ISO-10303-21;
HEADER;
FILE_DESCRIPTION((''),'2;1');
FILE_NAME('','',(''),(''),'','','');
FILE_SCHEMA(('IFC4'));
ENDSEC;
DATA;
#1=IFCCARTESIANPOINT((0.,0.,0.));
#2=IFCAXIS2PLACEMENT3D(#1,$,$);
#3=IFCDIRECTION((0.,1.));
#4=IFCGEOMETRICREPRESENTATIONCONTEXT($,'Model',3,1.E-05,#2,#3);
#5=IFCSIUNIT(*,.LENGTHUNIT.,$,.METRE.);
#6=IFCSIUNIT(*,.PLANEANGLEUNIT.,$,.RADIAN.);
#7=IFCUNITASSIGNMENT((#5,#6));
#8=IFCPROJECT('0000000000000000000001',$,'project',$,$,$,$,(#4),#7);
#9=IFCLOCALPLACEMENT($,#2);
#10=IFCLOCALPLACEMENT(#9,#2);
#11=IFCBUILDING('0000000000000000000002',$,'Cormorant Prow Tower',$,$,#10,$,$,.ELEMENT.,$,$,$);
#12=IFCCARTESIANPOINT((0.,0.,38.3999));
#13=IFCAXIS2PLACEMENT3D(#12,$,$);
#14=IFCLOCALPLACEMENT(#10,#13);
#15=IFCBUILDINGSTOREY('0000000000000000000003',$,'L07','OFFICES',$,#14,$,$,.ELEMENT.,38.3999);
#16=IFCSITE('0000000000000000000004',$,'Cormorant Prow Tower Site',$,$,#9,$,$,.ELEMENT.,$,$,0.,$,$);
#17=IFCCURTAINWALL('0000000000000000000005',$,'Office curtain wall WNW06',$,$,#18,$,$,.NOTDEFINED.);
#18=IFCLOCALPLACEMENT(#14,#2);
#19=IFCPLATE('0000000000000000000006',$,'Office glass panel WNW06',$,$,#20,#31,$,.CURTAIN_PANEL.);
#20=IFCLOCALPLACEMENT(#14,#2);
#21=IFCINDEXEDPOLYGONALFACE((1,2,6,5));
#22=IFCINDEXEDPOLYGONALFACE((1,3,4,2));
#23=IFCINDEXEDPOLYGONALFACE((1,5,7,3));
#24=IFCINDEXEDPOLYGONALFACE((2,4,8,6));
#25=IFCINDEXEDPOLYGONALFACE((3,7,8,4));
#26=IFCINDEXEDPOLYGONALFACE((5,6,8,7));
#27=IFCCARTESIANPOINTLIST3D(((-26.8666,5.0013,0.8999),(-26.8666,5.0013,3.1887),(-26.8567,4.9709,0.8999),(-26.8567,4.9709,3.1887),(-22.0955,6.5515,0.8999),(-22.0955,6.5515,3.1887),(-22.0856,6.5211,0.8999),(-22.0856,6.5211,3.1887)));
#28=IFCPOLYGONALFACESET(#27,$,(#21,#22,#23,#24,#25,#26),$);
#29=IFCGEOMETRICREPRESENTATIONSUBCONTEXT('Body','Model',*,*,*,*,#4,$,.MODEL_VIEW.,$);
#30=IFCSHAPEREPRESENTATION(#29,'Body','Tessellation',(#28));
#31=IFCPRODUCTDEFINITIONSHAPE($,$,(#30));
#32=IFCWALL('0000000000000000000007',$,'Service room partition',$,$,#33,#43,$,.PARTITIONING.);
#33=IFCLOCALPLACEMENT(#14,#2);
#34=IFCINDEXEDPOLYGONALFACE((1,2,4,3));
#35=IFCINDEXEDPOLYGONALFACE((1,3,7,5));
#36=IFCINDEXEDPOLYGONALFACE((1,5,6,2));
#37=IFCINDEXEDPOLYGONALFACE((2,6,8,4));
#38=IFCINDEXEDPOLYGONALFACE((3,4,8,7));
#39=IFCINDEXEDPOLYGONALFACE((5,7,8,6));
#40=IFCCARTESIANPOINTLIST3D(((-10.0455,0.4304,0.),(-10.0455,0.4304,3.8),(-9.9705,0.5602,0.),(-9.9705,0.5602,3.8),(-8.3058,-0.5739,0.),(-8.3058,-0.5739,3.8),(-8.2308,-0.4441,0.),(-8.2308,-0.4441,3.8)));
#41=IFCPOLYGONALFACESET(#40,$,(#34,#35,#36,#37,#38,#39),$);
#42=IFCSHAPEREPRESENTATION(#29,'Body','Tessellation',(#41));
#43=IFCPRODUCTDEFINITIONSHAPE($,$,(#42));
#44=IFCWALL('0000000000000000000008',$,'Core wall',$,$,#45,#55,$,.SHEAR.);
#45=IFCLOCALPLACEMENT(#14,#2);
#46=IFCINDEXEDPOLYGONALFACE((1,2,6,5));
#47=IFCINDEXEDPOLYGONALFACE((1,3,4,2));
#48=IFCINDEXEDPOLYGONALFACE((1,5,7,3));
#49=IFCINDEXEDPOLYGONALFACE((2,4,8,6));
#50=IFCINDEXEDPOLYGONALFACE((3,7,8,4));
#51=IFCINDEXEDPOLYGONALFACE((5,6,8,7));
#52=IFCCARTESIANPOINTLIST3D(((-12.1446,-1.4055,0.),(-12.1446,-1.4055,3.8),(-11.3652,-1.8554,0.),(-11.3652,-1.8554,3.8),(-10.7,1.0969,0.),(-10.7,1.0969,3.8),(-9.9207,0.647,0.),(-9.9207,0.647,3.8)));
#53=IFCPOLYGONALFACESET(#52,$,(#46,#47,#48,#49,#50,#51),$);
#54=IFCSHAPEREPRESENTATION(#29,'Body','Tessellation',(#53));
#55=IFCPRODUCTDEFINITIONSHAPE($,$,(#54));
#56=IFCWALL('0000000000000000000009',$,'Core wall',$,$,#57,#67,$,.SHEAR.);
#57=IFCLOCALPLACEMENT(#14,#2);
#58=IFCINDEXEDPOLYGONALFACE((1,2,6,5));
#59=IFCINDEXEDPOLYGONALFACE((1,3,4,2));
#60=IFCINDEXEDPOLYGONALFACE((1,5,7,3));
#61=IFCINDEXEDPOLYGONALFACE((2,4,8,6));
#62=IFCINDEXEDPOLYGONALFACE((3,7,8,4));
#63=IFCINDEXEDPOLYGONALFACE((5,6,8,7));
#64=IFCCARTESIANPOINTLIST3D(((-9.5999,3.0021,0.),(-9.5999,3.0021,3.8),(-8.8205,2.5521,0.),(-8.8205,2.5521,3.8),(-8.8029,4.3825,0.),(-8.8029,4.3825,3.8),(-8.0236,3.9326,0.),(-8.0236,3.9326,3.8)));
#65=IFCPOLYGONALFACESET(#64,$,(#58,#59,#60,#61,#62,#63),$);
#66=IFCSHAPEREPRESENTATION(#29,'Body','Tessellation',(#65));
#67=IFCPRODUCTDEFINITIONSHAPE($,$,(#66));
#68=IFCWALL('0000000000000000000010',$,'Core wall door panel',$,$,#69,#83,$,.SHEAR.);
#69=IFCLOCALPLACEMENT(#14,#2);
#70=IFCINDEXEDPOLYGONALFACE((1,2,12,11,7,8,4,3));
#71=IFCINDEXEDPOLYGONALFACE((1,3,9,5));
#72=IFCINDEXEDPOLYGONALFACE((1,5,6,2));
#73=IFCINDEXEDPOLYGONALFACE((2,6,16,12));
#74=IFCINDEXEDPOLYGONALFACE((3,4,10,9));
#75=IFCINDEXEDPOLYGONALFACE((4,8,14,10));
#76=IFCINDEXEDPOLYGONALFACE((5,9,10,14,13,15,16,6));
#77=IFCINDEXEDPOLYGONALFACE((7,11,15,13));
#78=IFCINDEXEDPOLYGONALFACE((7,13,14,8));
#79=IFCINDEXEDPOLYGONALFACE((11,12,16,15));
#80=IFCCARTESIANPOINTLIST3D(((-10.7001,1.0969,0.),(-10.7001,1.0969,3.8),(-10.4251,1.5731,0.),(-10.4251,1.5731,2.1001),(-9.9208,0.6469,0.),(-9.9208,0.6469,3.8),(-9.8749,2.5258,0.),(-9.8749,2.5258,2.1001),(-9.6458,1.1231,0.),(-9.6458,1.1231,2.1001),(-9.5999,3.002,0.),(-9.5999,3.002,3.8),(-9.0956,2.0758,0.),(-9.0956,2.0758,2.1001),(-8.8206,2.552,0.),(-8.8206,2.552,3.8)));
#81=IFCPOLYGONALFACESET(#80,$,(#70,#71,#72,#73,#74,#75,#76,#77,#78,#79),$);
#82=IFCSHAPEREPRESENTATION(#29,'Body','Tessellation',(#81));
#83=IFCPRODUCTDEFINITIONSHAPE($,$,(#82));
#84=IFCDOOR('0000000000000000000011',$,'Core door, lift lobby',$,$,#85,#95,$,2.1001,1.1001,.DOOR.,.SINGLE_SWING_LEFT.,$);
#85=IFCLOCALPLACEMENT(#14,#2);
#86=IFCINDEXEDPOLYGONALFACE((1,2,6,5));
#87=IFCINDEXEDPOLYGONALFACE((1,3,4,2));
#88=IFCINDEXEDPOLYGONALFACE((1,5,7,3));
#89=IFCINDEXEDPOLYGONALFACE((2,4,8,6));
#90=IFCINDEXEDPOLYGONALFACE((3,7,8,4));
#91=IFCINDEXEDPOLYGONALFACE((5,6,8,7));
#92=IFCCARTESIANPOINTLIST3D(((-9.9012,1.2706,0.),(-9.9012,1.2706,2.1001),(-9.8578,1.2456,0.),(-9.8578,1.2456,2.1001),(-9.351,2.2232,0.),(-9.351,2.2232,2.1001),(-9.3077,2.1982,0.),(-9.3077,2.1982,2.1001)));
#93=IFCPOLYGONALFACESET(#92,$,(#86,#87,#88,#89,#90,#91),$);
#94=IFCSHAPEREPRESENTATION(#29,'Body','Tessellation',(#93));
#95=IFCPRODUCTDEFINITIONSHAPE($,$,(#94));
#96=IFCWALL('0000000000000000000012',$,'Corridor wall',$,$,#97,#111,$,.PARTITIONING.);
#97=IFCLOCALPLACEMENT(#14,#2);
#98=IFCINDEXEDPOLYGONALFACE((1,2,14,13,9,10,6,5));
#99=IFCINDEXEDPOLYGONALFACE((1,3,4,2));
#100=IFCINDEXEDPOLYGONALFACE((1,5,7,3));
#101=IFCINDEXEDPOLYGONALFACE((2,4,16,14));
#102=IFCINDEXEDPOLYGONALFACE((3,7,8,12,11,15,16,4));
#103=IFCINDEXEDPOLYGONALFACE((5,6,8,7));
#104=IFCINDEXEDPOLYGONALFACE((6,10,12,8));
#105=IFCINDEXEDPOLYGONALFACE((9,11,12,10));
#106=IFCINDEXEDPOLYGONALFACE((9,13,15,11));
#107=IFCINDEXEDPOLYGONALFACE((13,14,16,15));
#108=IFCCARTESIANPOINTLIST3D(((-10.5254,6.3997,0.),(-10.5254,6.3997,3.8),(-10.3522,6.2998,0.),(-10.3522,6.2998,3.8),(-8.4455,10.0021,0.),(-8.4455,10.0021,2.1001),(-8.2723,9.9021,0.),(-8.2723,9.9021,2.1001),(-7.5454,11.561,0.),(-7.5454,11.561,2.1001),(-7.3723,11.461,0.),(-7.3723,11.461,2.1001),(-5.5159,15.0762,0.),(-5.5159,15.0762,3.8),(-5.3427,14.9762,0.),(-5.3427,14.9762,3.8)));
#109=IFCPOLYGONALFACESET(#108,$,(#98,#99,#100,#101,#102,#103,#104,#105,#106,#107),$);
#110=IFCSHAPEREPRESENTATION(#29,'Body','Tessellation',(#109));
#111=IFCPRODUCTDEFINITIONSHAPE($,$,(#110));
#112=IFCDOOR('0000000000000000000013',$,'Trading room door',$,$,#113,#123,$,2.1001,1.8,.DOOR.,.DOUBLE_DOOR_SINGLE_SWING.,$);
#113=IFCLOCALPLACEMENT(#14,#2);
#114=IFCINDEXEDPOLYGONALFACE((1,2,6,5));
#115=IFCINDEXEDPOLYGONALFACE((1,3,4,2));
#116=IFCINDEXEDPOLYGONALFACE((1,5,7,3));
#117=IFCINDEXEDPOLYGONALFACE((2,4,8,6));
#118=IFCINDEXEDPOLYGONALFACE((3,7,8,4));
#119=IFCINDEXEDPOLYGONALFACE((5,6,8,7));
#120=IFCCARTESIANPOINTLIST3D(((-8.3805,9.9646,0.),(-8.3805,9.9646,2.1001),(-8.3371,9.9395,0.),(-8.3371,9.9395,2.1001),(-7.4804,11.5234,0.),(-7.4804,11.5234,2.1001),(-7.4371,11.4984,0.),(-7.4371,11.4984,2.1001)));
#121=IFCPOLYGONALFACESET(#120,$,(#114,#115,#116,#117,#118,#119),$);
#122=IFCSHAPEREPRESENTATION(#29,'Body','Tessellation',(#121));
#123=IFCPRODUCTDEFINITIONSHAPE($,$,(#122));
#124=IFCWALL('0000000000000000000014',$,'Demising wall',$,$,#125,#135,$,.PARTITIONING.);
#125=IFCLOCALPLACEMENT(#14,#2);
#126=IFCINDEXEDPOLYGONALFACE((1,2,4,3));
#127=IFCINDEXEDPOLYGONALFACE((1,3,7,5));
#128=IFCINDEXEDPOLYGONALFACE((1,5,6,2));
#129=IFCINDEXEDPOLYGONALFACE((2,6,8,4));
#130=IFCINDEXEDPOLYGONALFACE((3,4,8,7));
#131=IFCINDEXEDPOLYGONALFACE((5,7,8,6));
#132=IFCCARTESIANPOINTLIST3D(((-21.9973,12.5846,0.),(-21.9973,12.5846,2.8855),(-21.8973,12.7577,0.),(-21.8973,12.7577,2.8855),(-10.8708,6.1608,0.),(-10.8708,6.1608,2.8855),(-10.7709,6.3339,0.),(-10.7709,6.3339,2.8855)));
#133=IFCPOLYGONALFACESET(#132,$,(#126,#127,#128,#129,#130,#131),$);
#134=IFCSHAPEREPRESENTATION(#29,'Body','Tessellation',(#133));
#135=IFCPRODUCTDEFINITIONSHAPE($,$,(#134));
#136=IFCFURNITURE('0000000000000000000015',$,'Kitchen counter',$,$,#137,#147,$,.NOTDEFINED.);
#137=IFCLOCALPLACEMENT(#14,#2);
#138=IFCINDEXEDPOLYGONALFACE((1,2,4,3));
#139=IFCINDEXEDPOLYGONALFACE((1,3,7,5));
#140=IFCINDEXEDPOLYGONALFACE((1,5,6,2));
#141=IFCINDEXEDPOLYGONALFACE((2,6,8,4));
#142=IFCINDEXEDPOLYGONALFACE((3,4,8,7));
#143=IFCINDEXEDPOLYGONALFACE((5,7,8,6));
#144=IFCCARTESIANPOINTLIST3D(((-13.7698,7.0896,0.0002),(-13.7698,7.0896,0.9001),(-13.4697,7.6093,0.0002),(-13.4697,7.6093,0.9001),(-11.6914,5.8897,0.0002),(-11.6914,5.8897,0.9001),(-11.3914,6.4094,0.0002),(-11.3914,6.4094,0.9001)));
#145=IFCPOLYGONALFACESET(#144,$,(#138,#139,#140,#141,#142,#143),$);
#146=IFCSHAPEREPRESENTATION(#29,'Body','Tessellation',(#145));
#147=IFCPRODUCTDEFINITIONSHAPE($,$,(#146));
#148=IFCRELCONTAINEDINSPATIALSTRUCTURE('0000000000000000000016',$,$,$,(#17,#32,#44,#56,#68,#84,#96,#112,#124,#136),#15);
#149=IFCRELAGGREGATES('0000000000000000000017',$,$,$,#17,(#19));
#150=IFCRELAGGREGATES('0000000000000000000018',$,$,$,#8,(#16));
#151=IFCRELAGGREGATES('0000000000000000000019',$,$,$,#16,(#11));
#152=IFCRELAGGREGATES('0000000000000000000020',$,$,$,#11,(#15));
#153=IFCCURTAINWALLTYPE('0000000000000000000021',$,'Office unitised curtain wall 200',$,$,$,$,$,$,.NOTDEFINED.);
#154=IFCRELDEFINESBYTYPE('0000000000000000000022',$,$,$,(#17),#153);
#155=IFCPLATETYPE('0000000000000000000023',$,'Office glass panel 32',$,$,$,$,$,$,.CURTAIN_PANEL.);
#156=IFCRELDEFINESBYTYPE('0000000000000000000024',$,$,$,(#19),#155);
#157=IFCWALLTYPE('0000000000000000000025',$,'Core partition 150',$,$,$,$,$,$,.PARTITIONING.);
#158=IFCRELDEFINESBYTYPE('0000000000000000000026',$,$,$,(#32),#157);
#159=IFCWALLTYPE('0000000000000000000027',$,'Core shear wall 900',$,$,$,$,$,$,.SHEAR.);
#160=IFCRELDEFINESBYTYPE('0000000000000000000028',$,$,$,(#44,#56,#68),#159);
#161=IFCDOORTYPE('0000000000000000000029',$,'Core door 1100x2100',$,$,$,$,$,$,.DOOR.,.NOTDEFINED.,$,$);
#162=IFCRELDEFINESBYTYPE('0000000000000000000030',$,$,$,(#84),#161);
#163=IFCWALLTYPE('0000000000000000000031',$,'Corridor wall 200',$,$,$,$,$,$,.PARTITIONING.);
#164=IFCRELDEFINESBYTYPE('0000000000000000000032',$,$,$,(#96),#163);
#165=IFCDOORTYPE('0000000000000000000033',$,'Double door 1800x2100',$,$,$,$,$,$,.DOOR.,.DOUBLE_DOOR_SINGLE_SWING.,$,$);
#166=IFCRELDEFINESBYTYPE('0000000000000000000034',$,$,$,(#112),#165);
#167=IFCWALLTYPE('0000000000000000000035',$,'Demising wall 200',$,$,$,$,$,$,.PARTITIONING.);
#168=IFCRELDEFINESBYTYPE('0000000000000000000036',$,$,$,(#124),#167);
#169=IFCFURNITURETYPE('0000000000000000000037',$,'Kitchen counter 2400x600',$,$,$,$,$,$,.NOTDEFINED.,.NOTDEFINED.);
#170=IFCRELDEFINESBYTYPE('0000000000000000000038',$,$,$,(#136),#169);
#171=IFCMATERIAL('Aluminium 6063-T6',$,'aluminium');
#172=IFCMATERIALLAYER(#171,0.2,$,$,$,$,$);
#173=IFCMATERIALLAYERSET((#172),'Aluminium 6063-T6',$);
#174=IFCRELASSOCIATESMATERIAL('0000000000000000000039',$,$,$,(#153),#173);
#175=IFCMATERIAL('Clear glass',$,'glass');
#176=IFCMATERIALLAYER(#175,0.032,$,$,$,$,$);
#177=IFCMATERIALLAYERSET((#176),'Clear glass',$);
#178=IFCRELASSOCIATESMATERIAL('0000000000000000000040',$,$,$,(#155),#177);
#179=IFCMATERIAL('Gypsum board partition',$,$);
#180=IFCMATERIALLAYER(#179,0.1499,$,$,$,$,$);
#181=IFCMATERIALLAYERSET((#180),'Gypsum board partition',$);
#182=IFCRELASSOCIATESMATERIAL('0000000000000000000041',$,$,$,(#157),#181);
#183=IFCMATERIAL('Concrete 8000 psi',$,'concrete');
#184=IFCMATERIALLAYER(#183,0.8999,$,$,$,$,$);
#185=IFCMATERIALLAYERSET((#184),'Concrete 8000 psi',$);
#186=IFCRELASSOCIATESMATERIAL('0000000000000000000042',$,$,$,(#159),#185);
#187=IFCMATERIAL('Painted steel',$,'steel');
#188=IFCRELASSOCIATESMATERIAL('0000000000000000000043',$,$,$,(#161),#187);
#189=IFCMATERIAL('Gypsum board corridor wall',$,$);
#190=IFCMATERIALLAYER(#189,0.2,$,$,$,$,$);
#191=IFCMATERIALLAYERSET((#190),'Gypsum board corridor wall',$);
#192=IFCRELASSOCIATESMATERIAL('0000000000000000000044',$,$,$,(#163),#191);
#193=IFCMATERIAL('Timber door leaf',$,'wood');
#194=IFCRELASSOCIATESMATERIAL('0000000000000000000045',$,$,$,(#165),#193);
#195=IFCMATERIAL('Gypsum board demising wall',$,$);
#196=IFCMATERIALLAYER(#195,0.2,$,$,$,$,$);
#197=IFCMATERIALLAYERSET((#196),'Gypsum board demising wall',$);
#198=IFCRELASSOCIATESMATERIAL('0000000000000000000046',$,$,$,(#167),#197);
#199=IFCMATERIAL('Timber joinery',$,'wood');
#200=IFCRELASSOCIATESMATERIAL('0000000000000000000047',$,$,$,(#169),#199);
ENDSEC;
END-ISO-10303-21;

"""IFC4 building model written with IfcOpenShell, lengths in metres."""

from ifc_helpers import new_model, si_unit, direction, frame, frame_2d, origin, origin_2d, place, context, subcontext, project, spatial, rectangle, extrude, material, layer, layer_set, type_object, element, fill, aggregate, save


model = new_model("IFC4")

# Units and contexts
model_context = context("Model", 3, precision=1e-05, world=origin(), true_north=direction((0.0, 1.0)))
body_context = subcontext(model_context, "Body", "Model", "MODEL_VIEW")
ifc_project = project(units=[si_unit("LENGTHUNIT", "METRE"), si_unit("PLANEANGLEUNIT", "RADIAN")], contexts=[model_context])

# Site, building, storey
site_placement = place(None, origin())
site = spatial("IfcSite", under=ifc_project, at=site_placement, Name="Cormorant Prow Tower Site", CompositionType="ELEMENT", RefElevation=0.0)
building_placement = place(site_placement, origin())
building = spatial("IfcBuilding", under=site, at=building_placement, Name="Cormorant Prow Tower", CompositionType="ELEMENT")
storey_placement = place(building_placement, frame((0.0, 0.0, 38.3999)))
storey = spatial("IfcBuildingStorey", under=building, at=storey_placement, Name="L07", Description="OFFICES", CompositionType="ELEMENT", Elevation=38.3999)

# Curtain wall
ifc_material_1 = material(Name="Aluminium 6063-T6", Category="aluminium")
ifc_layer_1 = layer(ifc_material_1, 0.2)
ifc_layer_set_1 = layer_set([ifc_layer_1], Name="Aluminium 6063-T6")
curtain_wall_type = type_object("IfcCurtainWallType", Name="Office unitised curtain wall 200", PredefinedType="NOTDEFINED", material=ifc_layer_set_1)
curtain_wall_placement = place(storey_placement, origin())
curtain_wall = element("IfcCurtainWall", 1, at=curtain_wall_placement, inside=storey, type_object=curtain_wall_type, Name="Office curtain wall WNW06", PredefinedType="NOTDEFINED")

# Plate
ifc_material_2 = material(Name="Clear glass", Category="glass")
ifc_layer_2 = layer(ifc_material_2, 0.032)
ifc_layer_set_2 = layer_set([ifc_layer_2], Name="Clear glass")
plate_type = type_object("IfcPlateType", Name="Office glass panel 32", PredefinedType="CURTAIN_PANEL", material=ifc_layer_set_2)
plate_placement = place(storey_placement, frame((-24.4761, 5.7612, 0.8999), z_axis=(0.0, 0.0, 1.0), x_axis=(-0.951057, -0.309017, 0.0)))
plate = element("IfcPlate", 2, at=plate_placement, type_object=plate_type, Name="Office glass panel WNW06", PredefinedType="CURTAIN_PANEL", context=body_context, shape_type="SweptSolid", body=[
    extrude(rectangle(XDim=5.0166, YDim=0.032, at=origin_2d()), origin(), (0.0, 0.0, 1.0), 2.2888),
])
aggregate(curtain_wall, [plate])

# Walls
ifc_material_3 = material(Name="Gypsum board partition")
ifc_layer_3 = layer(ifc_material_3, 0.1499)
ifc_layer_set_3 = layer_set([ifc_layer_3], Name="Gypsum board partition")
wall_type_1 = type_object("IfcWallType", Name="Core partition 150", PredefinedType="PARTITIONING", material=ifc_layer_set_3)
wall_1_placement = place(storey_placement, frame((-8.2683, -0.509, 0.0), z_axis=(0.0, 0.0, 1.0), x_axis=(-0.866036, 0.499982, 0.0)))
element("IfcWall", 3, at=wall_1_placement, inside=storey, type_object=wall_type_1, Name="Service room partition", PredefinedType="PARTITIONING", context=body_context, shape_type="SweptSolid", body=[
    extrude(rectangle(XDim=2.0088, YDim=0.1499, at=frame_2d((1.0044, 0.0))), origin(), (0.0, 0.0, 1.0), 3.8),
])
ifc_material_4 = material(Name="Concrete 8000 psi", Category="concrete")
ifc_layer_4 = layer(ifc_material_4, 0.8999)
ifc_layer_set_4 = layer_set([ifc_layer_4], Name="Concrete 8000 psi")
wall_type_2 = type_object("IfcWallType", Name="Core shear wall 900", PredefinedType="SHEAR", material=ifc_layer_set_4)
wall_2_placement = place(storey_placement, frame((-10.3103, 0.8721, 0.0), z_axis=(0.0, 0.0, 1.0), x_axis=(-0.499947, -0.866056, 0.0)))
element("IfcWall", 4, at=wall_2_placement, inside=storey, type_object=wall_type_2, Name="Core wall", PredefinedType="SHEAR", context=body_context, shape_type="SweptSolid", body=[
    extrude(rectangle(XDim=2.8894, YDim=0.8999, at=frame_2d((1.4448, 0.0))), origin(), (0.0, 0.0, 1.0), 3.8),
])
wall_3_placement = place(storey_placement, frame((-8.4133, 4.1575, 0.0), z_axis=(0.0, 0.0, 1.0), x_axis=(-0.499961, -0.866048, 0.0)))
element("IfcWall", 5, at=wall_3_placement, inside=storey, type_object=wall_type_2, Name="Core wall", PredefinedType="SHEAR", context=body_context, shape_type="SweptSolid", body=[
    extrude(rectangle(XDim=1.594, YDim=0.8999, at=frame_2d((0.7969, 0.0))), origin(), (0.0, 0.0, 1.0), 3.8),
])

# Walls, openings, doors
wall_4_placement = place(storey_placement, frame((-9.2102, 2.7771, 0.0), z_axis=(0.0, 0.0, 1.0), x_axis=(-0.500078, -0.86598, 0.0)))
wall_4 = element("IfcWall", 6, at=wall_4_placement, inside=storey, type_object=wall_type_2, Name="Core wall door panel", PredefinedType="SHEAR", context=body_context, shape_type="SweptSolid", body=[
    extrude(rectangle(XDim=2.2, YDim=0.8999, at=frame_2d((1.1001, 0.0))), origin(), (0.0, 0.0, 1.0), 3.8),
])
opening_1_placement = place(wall_4_placement, frame((0.55, 0.0, 0.0)))
opening_1 = element("IfcOpeningElement", 7, at=opening_1_placement, cuts=wall_4, PredefinedType="OPENING", context=body_context, shape_type="SweptSolid", body=[
    extrude(rectangle(XDim=1.1001, YDim=2.1001, at=frame_2d((0.55, 1.05))), frame((0.0, 0.46, 0.0), z_axis=(0.0, -1.0, 0.0), x_axis=(1.0, 0.0, 0.0)), (0.0, 0.0, 1.0), 0.9199),
])
ifc_material_5 = material(Name="Painted steel", Category="steel")
door_type_1 = type_object("IfcDoorType", Name="Core door 1100x2100", OperationType="NOTDEFINED", PredefinedType="DOOR", material=ifc_material_5)
door_1_placement = place(opening_1_placement, origin())
door_1 = element("IfcDoor", 8, at=door_1_placement, inside=storey, type_object=door_type_1, Name="Core door, lift lobby", OperationType="SINGLE_SWING_LEFT", OverallHeight=2.1001, OverallWidth=1.1001, PredefinedType="DOOR", context=body_context, shape_type="SweptSolid", body=[
    extrude(rectangle(XDim=1.1001, YDim=2.1001, at=frame_2d((0.55, 1.05))), frame((0.0, 0.2051, 0.0), z_axis=(0.0, -1.0, 0.0), x_axis=(1.0, 0.0, 0.0)), (0.0, 0.0, 1.0), 0.05),
])
fill(opening_1, door_1)
ifc_material_6 = material(Name="Gypsum board corridor wall")
ifc_layer_5 = layer(ifc_material_6, 0.2)
ifc_layer_set_5 = layer_set([ifc_layer_5], Name="Gypsum board corridor wall")
wall_type_3 = type_object("IfcWallType", Name="Corridor wall 200", PredefinedType="PARTITIONING", material=ifc_layer_set_5)
wall_5_placement = place(storey_placement, frame((-10.4387, 6.3499, 0.0), z_axis=(0.0, 0.0, 1.0), x_axis=(0.50001, 0.86602, 0.0)))
wall_5 = element("IfcWall", 9, at=wall_5_placement, inside=storey, type_object=wall_type_3, Name="Corridor wall", PredefinedType="PARTITIONING", context=body_context, shape_type="SweptSolid", body=[
    extrude(rectangle(XDim=10.0188, YDim=0.2, at=frame_2d((5.0093, 0.0))), origin(), (0.0, 0.0, 1.0), 3.8),
])
opening_2_placement = place(wall_5_placement, frame((4.1597, 0.0, 0.0)))
opening_2 = element("IfcOpeningElement", 10, at=opening_2_placement, cuts=wall_5, PredefinedType="OPENING", context=body_context, shape_type="SweptSolid", body=[
    extrude(rectangle(XDim=1.8, YDim=2.1001, at=frame_2d((0.8999, 1.05))), frame((0.0, 0.1099, 0.0), z_axis=(0.0, -1.0, 0.0), x_axis=(1.0, 0.0, 0.0)), (0.0, 0.0, 1.0), 0.22),
])
ifc_material_7 = material(Name="Timber door leaf", Category="wood")
door_type_2 = type_object("IfcDoorType", Name="Double door 1800x2100", OperationType="DOUBLE_DOOR_SINGLE_SWING", PredefinedType="DOOR", material=ifc_material_7)
door_2_placement = place(opening_2_placement, origin())
door_2 = element("IfcDoor", 11, at=door_2_placement, inside=storey, type_object=door_type_2, Name="Trading room door", OperationType="DOUBLE_DOOR_SINGLE_SWING", OverallHeight=2.1001, OverallWidth=1.8, PredefinedType="DOOR", context=body_context, shape_type="SweptSolid", body=[
    extrude(rectangle(XDim=1.8, YDim=2.1001, at=frame_2d((0.8999, 1.05))), frame((0.0, 0.0249, 0.0), z_axis=(0.0, -1.0, 0.0), x_axis=(1.0, 0.0, 0.0)), (0.0, 0.0, 1.0), 0.05),
])
fill(opening_2, door_2)

# Wall
ifc_material_8 = material(Name="Gypsum board demising wall")
ifc_layer_6 = layer(ifc_material_8, 0.2)
ifc_layer_set_6 = layer_set([ifc_layer_6], Name="Gypsum board demising wall")
wall_type_4 = type_object("IfcWallType", Name="Demising wall 200", PredefinedType="PARTITIONING", material=ifc_layer_set_6)
wall_6_placement = place(storey_placement, frame((-21.9473, 12.6711, 0.0), z_axis=(0.0, 0.0, 1.0), x_axis=(0.866027, -0.499998, 0.0)))
element("IfcWall", 12, at=wall_6_placement, inside=storey, type_object=wall_type_4, Name="Demising wall", PredefinedType="PARTITIONING", context=body_context, shape_type="SweptSolid", body=[
    extrude(rectangle(XDim=12.8477, YDim=0.2, at=frame_2d((6.4238, 0.0))), origin(), (0.0, 0.0, 1.0), 2.8855),
])

# Furniture
ifc_material_9 = material(Name="Timber joinery", Category="wood")
furniture_type = type_object("IfcFurnitureType", Name="Kitchen counter 2400x600", AssemblyPlace="NOTDEFINED", PredefinedType="NOTDEFINED", material=ifc_material_9)
furniture_placement = place(storey_placement, frame((-12.5806, 6.7495, 0.0002), z_axis=(0.0, 0.0, 1.0), x_axis=(0.866025, -0.5, 0.0)))
element("IfcFurniture", 13, at=furniture_placement, inside=storey, type_object=furniture_type, Name="Kitchen counter", PredefinedType="NOTDEFINED", context=body_context, shape_type="SweptSolid", body=[
    extrude(rectangle(XDim=2.3999, YDim=0.6001, at=origin_2d()), origin(), (0.0, 0.0, 1.0), 0.8999),
])

save(model, "model.ifc")
